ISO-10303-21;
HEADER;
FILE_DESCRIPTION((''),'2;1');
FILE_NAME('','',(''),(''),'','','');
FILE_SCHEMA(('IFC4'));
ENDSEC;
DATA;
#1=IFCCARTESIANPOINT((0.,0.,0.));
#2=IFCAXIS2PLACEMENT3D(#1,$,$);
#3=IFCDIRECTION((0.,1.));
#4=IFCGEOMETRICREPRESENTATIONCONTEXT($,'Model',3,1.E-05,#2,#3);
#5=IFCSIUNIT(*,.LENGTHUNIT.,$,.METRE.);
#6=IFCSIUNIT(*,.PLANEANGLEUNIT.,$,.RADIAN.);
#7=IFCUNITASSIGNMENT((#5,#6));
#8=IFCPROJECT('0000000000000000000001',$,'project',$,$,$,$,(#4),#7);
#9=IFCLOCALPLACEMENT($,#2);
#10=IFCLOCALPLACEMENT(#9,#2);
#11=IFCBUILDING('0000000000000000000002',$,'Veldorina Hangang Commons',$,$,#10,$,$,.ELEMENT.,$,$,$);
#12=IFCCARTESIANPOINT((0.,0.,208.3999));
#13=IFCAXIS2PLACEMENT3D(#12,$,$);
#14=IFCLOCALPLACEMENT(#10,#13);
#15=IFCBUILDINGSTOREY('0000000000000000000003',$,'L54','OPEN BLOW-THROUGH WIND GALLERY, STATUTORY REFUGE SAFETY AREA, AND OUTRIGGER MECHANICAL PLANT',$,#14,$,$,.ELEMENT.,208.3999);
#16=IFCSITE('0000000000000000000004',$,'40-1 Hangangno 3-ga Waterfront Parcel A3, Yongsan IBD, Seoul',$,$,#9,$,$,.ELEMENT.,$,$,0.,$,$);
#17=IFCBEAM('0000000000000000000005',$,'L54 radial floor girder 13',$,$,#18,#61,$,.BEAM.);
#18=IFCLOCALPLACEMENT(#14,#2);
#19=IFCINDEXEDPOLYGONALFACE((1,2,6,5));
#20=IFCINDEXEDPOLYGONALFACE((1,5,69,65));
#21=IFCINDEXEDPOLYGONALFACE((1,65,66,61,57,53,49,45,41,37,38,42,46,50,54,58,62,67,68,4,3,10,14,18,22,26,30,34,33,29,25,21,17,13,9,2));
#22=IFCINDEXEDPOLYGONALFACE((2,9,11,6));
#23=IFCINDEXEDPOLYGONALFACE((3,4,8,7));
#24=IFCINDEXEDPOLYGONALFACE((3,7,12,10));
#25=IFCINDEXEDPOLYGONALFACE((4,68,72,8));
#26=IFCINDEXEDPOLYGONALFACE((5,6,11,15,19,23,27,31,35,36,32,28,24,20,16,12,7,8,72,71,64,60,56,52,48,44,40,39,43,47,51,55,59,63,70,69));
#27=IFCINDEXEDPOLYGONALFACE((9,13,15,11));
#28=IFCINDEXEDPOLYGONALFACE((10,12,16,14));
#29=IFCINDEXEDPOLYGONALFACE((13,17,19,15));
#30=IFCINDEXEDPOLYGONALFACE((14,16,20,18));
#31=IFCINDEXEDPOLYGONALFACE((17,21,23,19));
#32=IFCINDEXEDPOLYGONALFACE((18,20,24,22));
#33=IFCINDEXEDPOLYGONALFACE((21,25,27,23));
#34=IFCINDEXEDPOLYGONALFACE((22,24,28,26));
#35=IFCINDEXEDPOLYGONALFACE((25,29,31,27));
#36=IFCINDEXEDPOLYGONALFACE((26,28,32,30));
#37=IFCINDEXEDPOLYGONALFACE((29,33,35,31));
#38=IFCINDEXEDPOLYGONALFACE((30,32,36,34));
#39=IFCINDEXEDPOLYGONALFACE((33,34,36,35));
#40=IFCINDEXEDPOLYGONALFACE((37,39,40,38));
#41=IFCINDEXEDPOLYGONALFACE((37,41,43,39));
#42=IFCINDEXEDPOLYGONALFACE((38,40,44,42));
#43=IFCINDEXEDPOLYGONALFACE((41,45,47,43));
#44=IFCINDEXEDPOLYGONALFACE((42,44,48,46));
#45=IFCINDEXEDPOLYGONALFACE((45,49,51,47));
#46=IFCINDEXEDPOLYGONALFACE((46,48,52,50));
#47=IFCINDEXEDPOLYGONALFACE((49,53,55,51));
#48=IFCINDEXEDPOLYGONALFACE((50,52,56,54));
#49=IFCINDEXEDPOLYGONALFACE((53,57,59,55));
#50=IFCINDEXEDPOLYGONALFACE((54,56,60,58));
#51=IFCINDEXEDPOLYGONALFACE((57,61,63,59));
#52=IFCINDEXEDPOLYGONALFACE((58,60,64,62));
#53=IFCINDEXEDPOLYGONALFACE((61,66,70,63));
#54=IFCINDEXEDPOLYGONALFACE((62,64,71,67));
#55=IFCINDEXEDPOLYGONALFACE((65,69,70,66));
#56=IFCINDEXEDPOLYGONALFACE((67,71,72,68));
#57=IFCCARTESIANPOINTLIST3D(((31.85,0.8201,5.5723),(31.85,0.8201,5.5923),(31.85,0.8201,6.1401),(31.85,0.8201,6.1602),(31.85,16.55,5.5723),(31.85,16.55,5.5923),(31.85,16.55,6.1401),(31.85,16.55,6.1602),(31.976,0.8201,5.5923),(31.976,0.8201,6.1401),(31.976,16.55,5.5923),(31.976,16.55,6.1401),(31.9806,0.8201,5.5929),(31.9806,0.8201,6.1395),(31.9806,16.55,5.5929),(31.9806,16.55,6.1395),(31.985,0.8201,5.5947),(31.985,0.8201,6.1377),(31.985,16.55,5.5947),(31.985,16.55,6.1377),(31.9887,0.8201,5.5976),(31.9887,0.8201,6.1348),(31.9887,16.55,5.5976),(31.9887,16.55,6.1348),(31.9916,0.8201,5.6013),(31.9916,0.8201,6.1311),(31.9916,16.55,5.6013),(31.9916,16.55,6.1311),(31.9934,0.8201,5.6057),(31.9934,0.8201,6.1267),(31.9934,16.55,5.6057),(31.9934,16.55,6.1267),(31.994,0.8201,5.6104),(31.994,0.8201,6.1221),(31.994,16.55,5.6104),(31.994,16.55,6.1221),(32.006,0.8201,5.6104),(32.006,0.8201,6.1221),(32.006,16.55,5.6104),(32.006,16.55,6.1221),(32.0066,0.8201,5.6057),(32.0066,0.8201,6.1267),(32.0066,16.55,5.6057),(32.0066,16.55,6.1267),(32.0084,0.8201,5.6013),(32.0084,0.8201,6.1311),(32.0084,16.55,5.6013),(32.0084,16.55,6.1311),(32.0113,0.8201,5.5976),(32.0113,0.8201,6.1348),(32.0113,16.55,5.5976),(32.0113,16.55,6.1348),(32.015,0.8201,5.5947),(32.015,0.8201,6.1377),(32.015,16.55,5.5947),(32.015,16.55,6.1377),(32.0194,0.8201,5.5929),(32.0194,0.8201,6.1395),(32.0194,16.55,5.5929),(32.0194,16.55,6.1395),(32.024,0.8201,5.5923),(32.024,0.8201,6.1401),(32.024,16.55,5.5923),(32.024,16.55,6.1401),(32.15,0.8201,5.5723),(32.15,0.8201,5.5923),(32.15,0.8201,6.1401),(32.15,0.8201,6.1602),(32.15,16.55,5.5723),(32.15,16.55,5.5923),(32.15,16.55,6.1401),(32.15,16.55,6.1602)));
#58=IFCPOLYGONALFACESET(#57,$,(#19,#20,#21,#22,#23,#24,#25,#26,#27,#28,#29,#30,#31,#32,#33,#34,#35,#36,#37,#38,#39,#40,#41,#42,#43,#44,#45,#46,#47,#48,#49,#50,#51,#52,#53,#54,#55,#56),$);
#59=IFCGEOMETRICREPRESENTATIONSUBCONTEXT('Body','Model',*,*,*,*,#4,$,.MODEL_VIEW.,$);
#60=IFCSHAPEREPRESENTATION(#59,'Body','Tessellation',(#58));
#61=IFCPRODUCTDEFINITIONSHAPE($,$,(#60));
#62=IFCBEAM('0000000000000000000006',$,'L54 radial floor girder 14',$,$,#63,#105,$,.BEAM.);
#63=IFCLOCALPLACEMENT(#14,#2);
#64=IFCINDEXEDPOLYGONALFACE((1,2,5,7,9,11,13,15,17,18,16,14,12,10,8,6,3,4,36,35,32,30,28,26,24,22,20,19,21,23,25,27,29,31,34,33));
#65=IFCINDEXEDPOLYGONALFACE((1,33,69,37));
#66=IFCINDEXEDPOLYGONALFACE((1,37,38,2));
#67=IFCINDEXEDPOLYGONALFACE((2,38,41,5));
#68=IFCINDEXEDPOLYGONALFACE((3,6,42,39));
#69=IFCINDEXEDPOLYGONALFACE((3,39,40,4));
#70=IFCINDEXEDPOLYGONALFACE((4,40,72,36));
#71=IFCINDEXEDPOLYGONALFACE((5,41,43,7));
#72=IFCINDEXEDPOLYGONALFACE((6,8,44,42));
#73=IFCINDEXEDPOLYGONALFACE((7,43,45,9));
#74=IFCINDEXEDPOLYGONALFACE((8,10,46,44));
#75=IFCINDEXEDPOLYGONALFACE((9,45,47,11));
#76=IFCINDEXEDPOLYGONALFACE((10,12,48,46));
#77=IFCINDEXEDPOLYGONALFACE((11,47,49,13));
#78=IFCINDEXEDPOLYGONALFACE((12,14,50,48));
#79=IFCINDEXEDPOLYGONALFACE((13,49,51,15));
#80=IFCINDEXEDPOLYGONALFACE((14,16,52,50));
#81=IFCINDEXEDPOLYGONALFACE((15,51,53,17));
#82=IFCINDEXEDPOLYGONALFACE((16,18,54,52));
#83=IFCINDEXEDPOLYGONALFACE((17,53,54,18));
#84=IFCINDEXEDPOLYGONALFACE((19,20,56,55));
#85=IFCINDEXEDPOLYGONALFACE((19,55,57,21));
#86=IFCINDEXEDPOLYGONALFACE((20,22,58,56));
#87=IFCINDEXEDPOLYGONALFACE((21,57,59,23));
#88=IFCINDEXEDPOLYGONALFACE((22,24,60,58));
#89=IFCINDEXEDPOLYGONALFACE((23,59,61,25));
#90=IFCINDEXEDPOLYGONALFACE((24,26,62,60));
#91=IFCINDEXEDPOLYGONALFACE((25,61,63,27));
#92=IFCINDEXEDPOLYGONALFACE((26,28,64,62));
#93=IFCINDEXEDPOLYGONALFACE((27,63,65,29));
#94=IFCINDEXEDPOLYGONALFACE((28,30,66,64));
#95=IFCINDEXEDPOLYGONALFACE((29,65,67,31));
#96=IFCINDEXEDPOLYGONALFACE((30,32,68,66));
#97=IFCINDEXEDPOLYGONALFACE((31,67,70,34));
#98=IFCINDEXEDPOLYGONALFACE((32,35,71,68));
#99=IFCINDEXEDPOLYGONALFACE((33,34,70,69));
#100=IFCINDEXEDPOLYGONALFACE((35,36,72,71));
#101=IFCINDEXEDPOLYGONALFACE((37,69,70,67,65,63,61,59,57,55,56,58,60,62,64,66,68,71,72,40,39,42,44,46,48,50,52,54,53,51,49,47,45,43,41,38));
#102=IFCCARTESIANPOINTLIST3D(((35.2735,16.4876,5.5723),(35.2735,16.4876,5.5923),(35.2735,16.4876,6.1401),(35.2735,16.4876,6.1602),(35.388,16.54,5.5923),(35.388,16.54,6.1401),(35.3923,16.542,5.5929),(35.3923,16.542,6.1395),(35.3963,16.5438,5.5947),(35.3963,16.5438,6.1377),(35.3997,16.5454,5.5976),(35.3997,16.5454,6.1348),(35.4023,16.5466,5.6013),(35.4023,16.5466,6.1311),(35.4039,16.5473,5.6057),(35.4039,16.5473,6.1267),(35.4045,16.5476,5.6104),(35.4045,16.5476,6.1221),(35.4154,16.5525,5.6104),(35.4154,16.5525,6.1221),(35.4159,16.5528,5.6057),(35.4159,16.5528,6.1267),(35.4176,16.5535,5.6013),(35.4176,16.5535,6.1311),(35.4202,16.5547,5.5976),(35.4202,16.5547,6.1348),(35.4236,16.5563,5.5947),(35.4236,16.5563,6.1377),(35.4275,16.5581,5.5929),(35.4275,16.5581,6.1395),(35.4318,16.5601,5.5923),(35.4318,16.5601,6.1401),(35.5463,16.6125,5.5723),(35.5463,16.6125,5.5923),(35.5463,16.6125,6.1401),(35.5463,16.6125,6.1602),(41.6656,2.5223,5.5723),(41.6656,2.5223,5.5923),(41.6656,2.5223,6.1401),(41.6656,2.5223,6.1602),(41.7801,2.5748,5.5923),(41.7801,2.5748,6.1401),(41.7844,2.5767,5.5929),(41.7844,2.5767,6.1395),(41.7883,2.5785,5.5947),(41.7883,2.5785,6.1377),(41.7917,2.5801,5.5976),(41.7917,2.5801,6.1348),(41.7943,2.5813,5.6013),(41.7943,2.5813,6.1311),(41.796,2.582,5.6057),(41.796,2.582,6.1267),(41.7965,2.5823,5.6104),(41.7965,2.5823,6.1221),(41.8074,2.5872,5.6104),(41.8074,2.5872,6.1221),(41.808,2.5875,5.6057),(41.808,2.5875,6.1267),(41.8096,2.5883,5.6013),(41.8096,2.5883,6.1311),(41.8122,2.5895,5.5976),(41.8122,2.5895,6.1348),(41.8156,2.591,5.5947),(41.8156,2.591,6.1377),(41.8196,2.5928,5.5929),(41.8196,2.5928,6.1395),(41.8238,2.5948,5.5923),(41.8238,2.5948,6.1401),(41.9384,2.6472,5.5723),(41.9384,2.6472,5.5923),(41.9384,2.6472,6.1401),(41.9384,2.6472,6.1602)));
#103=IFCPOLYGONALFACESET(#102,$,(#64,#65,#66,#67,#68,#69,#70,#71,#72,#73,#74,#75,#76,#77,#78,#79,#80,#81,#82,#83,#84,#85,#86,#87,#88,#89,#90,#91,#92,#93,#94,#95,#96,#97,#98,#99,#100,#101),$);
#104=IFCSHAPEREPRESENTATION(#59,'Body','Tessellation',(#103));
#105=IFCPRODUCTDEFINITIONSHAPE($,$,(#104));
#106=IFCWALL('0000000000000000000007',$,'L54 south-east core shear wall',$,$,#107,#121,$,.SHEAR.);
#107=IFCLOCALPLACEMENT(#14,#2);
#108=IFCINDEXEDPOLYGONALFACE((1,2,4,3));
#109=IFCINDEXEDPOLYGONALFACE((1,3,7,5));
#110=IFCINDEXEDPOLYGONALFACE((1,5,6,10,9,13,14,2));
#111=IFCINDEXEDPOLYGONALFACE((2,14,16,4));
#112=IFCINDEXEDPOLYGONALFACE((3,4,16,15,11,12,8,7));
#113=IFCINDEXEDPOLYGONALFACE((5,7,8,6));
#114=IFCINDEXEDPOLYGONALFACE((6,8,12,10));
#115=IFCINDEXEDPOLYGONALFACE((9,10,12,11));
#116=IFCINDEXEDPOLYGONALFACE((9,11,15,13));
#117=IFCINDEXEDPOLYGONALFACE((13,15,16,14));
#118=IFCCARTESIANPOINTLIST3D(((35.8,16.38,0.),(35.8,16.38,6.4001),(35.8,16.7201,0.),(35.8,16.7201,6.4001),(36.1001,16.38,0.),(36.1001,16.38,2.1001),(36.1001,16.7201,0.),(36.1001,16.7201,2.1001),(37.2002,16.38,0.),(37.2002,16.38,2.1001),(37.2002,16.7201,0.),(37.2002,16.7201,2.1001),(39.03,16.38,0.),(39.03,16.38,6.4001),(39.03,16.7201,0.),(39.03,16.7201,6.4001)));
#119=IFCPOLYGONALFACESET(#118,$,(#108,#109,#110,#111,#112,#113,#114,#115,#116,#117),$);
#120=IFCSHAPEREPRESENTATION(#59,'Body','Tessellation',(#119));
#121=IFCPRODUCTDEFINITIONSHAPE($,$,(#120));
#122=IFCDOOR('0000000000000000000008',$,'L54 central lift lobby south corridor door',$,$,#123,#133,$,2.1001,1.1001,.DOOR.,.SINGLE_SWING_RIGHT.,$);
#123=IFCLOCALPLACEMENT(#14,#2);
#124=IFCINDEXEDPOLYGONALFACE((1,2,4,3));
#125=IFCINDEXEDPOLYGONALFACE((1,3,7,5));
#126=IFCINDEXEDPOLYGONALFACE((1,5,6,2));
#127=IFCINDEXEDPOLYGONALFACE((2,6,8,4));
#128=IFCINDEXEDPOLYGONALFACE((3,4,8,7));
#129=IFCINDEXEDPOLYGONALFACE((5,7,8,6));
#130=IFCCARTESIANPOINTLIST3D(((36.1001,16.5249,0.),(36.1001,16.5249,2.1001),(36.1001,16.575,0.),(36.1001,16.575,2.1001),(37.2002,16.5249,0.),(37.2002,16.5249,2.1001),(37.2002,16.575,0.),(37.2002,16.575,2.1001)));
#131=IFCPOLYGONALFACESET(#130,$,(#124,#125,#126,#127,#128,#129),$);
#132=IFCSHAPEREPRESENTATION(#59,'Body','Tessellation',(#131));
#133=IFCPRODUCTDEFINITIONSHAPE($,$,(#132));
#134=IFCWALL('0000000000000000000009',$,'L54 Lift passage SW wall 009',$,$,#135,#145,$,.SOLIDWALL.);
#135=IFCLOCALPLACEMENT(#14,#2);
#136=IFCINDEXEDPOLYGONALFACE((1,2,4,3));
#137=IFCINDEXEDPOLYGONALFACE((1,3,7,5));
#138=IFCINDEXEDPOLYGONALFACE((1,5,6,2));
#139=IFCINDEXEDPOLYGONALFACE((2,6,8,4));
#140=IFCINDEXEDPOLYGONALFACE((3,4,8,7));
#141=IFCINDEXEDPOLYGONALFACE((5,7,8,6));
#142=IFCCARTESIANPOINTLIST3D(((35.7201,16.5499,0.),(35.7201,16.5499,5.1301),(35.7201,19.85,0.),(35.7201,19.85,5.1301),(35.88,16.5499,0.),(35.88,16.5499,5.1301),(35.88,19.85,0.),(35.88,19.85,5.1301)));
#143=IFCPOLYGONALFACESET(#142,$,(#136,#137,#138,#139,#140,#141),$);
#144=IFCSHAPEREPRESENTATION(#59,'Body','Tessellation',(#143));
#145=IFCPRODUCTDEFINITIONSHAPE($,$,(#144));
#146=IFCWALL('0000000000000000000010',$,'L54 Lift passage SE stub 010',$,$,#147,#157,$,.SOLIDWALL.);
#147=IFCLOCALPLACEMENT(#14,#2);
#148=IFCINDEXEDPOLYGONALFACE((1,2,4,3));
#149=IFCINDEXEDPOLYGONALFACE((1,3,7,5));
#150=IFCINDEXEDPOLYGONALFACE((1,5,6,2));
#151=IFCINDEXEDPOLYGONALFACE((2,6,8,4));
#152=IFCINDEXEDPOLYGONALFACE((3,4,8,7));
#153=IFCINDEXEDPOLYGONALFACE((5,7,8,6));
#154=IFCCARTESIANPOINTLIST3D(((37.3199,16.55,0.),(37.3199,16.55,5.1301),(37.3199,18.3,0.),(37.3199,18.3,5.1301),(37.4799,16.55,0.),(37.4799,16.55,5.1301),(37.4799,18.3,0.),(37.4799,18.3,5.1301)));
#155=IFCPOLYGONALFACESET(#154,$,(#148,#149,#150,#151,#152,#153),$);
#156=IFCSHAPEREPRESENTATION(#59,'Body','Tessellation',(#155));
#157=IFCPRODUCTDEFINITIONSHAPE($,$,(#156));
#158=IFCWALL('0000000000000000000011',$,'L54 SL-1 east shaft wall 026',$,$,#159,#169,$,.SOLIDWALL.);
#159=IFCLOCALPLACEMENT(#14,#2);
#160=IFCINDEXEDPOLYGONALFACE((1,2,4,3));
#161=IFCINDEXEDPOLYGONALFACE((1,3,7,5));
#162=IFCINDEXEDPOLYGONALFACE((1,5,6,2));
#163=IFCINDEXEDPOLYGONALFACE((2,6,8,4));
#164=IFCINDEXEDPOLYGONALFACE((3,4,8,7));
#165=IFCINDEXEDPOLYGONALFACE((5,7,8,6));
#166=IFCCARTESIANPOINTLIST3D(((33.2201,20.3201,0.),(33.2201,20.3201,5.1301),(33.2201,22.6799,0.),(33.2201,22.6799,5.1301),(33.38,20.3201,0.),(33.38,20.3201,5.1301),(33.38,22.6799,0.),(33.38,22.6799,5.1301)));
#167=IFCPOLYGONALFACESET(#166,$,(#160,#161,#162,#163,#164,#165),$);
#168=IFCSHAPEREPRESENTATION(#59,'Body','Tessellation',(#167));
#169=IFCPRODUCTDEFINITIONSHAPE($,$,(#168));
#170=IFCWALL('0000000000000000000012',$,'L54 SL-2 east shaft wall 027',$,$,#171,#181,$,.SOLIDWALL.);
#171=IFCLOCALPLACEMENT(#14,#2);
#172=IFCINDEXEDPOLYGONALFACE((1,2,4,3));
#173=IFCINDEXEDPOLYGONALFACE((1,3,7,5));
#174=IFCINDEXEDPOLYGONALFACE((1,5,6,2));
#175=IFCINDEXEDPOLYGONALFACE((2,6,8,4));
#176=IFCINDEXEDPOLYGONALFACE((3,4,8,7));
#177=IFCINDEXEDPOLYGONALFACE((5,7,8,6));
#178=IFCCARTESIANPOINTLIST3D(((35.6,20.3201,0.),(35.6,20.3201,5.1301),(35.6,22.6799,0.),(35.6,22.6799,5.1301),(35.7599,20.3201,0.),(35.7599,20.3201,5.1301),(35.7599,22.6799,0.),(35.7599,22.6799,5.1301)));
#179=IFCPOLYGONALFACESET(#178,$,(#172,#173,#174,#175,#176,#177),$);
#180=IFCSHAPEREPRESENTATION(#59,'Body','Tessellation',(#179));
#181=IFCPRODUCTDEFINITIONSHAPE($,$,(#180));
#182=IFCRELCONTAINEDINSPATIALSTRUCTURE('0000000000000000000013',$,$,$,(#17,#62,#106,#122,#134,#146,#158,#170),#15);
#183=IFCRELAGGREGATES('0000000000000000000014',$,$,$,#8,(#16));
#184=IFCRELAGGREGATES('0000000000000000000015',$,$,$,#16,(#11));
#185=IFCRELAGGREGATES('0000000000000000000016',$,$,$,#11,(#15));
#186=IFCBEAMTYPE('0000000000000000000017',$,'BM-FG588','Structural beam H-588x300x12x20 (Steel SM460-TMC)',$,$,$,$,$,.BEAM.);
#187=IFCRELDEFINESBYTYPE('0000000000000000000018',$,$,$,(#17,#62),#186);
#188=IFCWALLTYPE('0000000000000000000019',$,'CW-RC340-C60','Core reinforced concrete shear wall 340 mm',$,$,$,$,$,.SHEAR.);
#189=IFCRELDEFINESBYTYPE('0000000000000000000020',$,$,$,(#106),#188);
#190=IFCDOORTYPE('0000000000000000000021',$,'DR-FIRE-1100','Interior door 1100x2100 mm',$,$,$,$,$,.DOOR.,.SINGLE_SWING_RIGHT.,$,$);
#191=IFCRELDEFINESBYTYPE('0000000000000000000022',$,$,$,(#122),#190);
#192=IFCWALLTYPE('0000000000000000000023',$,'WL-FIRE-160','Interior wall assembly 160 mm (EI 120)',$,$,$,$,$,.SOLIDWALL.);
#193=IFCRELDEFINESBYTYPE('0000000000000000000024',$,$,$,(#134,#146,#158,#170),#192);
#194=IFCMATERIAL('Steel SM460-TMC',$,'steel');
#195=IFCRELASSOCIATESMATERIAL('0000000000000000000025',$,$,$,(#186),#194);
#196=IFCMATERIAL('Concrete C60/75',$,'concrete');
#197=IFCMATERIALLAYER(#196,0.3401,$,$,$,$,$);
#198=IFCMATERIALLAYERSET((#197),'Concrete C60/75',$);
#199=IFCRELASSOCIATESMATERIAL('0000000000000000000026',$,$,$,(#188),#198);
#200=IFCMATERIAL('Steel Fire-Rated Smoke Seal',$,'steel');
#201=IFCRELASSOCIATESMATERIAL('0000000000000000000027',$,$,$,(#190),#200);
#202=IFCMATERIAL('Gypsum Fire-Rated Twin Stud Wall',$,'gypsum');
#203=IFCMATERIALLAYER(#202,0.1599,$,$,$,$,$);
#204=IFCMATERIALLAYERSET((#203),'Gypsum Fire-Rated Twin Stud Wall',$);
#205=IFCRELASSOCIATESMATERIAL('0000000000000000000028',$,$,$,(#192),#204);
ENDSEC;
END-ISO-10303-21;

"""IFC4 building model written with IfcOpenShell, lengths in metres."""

from ifc_helpers import new_model, si_unit, direction, frame, frame_2d, origin, origin_2d, place, context, subcontext, project, spatial, rectangle, i_section, extrude, material, layer, layer_set, material_profile, profile_set, type_object, element, fill, save


model = new_model("IFC4")

# Units and contexts
model_context = context("Model", 3, precision=1e-05, world=origin(), true_north=direction((0.0, 1.0)))
body_context = subcontext(model_context, "Body", "Model", "MODEL_VIEW")
ifc_project = project(units=[si_unit("LENGTHUNIT", "METRE"), si_unit("PLANEANGLEUNIT", "RADIAN")], contexts=[model_context])

# Site, building, storey
site_placement = place(None, origin())
site = spatial("IfcSite", under=ifc_project, at=site_placement, Name="40-1 Hangangno 3-ga Waterfront Parcel A3, Yongsan IBD, Seoul", CompositionType="ELEMENT", RefElevation=0.0)
building_placement = place(site_placement, origin())
building = spatial("IfcBuilding", under=site, at=building_placement, Name="Veldorina Hangang Commons", CompositionType="ELEMENT")
storey_placement = place(building_placement, frame((0.0, 0.0, 208.3999)))
storey = spatial("IfcBuildingStorey", under=building, at=storey_placement, Name="L54", Description="OPEN BLOW-THROUGH WIND GALLERY, STATUTORY REFUGE SAFETY AREA, AND OUTRIGGER MECHANICAL PLANT", CompositionType="ELEMENT", Elevation=208.3999)

# Beams
ifc_material_1 = material(Name="Steel SM460-TMC", Category="steel")
ifc_material_profile = material_profile(ifc_material_1, i_section(OverallWidth=0.3, OverallDepth=0.5879, WebThickness=0.012, FlangeThickness=0.02, FilletRadius=0.0181, at=origin_2d()), Name="H-588x300x12x20")
ifc_profile_set = profile_set([ifc_material_profile], Name="Steel SM460-TMC")
beam_type = type_object("IfcBeamType", Name="BM-FG588", Description="Structural beam H-588x300x12x20 (Steel SM460-TMC)", PredefinedType="BEAM", material=ifc_profile_set)
beam_1_placement = place(storey_placement, frame((32.0, 16.55, 5.8662), z_axis=(0.0, -1.0, 0.0), x_axis=(1.0, 0.0, 0.0)))
element("IfcBeam", 1, at=beam_1_placement, inside=storey, type_object=beam_type, Name="L54 radial floor girder 13", PredefinedType="BEAM", context=body_context, shape_type="SweptSolid", body=[
    extrude(i_section(OverallWidth=0.3, OverallDepth=0.5879, WebThickness=0.012, FlangeThickness=0.02, FilletRadius=0.0181, at=origin_2d()), origin(), (0.0, 0.0, 1.0), 15.73),
])
beam_2_placement = place(storey_placement, frame((35.4099, 16.55, 5.8662), z_axis=(0.416187, -0.909279, 0.0), x_axis=(0.909279, 0.416187, 0.0)))
element("IfcBeam", 2, at=beam_2_placement, inside=storey, type_object=beam_type, Name="L54 radial floor girder 14", PredefinedType="BEAM", context=body_context, shape_type="SweptSolid", body=[
    extrude(i_section(OverallWidth=0.3, OverallDepth=0.5879, WebThickness=0.012, FlangeThickness=0.02, FilletRadius=0.0181, at=origin_2d()), origin(), (0.0, 0.0, 1.0), 15.3586),
])

# Wall, opening, door
ifc_material_2 = material(Name="Concrete C60/75", Category="concrete")
ifc_layer_1 = layer(ifc_material_2, 0.3401)
ifc_layer_set_1 = layer_set([ifc_layer_1], Name="Concrete C60/75")
wall_type_1 = type_object("IfcWallType", Name="CW-RC340-C60", Description="Core reinforced concrete shear wall 340 mm", PredefinedType="SHEAR", material=ifc_layer_set_1)
wall_1_placement = place(storey_placement, frame((35.8, 16.55, 0.0), z_axis=(0.0, 0.0, 1.0), x_axis=(1.0, 0.0, 0.0)))
wall_1 = element("IfcWall", 3, at=wall_1_placement, inside=storey, type_object=wall_type_1, Name="L54 south-east core shear wall", PredefinedType="SHEAR", context=body_context, shape_type="SweptSolid", body=[
    extrude(rectangle(XDim=3.23, YDim=0.3401, at=frame_2d((1.615, 0.0))), origin(), (0.0, 0.0, 1.0), 6.4001),
])
opening_1_placement = place(wall_1_placement, frame((0.3, 0.0, 0.0)))
opening_1 = element("IfcOpeningElement", 4, at=opening_1_placement, cuts=wall_1, PredefinedType="OPENING", context=body_context, shape_type="SweptSolid", body=[
    extrude(rectangle(XDim=1.1001, YDim=2.1001, at=frame_2d((0.55, 1.05))), frame((0.0, 0.1802, 0.0), z_axis=(0.0, -1.0, 0.0), x_axis=(1.0, 0.0, 0.0)), (0.0, 0.0, 1.0), 0.3601),
])
ifc_material_3 = material(Name="Steel Fire-Rated Smoke Seal", Category="steel")
door_type_1 = type_object("IfcDoorType", Name="DR-FIRE-1100", Description="Interior door 1100x2100 mm", OperationType="SINGLE_SWING_RIGHT", PredefinedType="DOOR", material=ifc_material_3)
door_1_placement = place(opening_1_placement, origin())
door_1 = element("IfcDoor", 5, at=door_1_placement, inside=storey, type_object=door_type_1, Name="L54 central lift lobby south corridor door", OperationType="SINGLE_SWING_RIGHT", OverallHeight=2.1001, OverallWidth=1.1001, PredefinedType="DOOR", context=body_context, shape_type="SweptSolid", body=[
    extrude(rectangle(XDim=1.1001, YDim=2.1001, at=frame_2d((0.55, 1.05))), frame((0.0, 0.0249, 0.0), z_axis=(0.0, -1.0, 0.0), x_axis=(1.0, 0.0, 0.0)), (0.0, 0.0, 1.0), 0.05),
])
fill(opening_1, door_1)

# Walls
ifc_material_4 = material(Name="Gypsum Fire-Rated Twin Stud Wall", Category="gypsum")
ifc_layer_2 = layer(ifc_material_4, 0.1599)
ifc_layer_set_2 = layer_set([ifc_layer_2], Name="Gypsum Fire-Rated Twin Stud Wall")
wall_type_2 = type_object("IfcWallType", Name="WL-FIRE-160", Description="Interior wall assembly 160 mm (EI 120)", PredefinedType="SOLIDWALL", material=ifc_layer_set_2)
wall_2_placement = place(storey_placement, frame((35.8, 16.55, 0.0), z_axis=(0.0, 0.0, 1.0), x_axis=(0.0, 1.0, 0.0)))
element("IfcWall", 6, at=wall_2_placement, inside=storey, type_object=wall_type_2, Name="L54 Lift passage SW wall 009", PredefinedType="SOLIDWALL", context=body_context, shape_type="SweptSolid", body=[
    extrude(rectangle(XDim=3.3, YDim=0.1599, at=frame_2d((1.6499, 0.0))), origin(), (0.0, 0.0, 1.0), 5.1301),
])
wall_3_placement = place(storey_placement, frame((37.3999, 16.55, 0.0), z_axis=(0.0, 0.0, 1.0), x_axis=(0.0, 1.0, 0.0)))
element("IfcWall", 7, at=wall_3_placement, inside=storey, type_object=wall_type_2, Name="L54 Lift passage SE stub 010", PredefinedType="SOLIDWALL", context=body_context, shape_type="SweptSolid", body=[
    extrude(rectangle(XDim=1.75, YDim=0.1599, at=frame_2d((0.875, 0.0))), origin(), (0.0, 0.0, 1.0), 5.1301),
])
for number, where, z_axis, x_axis, name in (
    (8, (33.3, 20.3201, 0.0), (0.0, 0.0, 1.0), (0.0, 1.0, 0.0), "L54 SL-1 east shaft wall 026"),
    (9, (35.6799, 20.3201, 0.0), (0.0, 0.0, 1.0), (0.0, 1.0, 0.0), "L54 SL-2 east shaft wall 027"),
):
    element("IfcWall", number, at=place(storey_placement, frame(where, z_axis=z_axis, x_axis=x_axis)), inside=storey, type_object=wall_type_2, Name=name, PredefinedType="SOLIDWALL", context=body_context, shape_type="SweptSolid", body=[
        extrude(rectangle(XDim=2.3599, YDim=0.1599, at=frame_2d((1.1799, 0.0))), origin(), (0.0, 0.0, 1.0), 5.1301),
    ])

save(model, "model.ifc")
